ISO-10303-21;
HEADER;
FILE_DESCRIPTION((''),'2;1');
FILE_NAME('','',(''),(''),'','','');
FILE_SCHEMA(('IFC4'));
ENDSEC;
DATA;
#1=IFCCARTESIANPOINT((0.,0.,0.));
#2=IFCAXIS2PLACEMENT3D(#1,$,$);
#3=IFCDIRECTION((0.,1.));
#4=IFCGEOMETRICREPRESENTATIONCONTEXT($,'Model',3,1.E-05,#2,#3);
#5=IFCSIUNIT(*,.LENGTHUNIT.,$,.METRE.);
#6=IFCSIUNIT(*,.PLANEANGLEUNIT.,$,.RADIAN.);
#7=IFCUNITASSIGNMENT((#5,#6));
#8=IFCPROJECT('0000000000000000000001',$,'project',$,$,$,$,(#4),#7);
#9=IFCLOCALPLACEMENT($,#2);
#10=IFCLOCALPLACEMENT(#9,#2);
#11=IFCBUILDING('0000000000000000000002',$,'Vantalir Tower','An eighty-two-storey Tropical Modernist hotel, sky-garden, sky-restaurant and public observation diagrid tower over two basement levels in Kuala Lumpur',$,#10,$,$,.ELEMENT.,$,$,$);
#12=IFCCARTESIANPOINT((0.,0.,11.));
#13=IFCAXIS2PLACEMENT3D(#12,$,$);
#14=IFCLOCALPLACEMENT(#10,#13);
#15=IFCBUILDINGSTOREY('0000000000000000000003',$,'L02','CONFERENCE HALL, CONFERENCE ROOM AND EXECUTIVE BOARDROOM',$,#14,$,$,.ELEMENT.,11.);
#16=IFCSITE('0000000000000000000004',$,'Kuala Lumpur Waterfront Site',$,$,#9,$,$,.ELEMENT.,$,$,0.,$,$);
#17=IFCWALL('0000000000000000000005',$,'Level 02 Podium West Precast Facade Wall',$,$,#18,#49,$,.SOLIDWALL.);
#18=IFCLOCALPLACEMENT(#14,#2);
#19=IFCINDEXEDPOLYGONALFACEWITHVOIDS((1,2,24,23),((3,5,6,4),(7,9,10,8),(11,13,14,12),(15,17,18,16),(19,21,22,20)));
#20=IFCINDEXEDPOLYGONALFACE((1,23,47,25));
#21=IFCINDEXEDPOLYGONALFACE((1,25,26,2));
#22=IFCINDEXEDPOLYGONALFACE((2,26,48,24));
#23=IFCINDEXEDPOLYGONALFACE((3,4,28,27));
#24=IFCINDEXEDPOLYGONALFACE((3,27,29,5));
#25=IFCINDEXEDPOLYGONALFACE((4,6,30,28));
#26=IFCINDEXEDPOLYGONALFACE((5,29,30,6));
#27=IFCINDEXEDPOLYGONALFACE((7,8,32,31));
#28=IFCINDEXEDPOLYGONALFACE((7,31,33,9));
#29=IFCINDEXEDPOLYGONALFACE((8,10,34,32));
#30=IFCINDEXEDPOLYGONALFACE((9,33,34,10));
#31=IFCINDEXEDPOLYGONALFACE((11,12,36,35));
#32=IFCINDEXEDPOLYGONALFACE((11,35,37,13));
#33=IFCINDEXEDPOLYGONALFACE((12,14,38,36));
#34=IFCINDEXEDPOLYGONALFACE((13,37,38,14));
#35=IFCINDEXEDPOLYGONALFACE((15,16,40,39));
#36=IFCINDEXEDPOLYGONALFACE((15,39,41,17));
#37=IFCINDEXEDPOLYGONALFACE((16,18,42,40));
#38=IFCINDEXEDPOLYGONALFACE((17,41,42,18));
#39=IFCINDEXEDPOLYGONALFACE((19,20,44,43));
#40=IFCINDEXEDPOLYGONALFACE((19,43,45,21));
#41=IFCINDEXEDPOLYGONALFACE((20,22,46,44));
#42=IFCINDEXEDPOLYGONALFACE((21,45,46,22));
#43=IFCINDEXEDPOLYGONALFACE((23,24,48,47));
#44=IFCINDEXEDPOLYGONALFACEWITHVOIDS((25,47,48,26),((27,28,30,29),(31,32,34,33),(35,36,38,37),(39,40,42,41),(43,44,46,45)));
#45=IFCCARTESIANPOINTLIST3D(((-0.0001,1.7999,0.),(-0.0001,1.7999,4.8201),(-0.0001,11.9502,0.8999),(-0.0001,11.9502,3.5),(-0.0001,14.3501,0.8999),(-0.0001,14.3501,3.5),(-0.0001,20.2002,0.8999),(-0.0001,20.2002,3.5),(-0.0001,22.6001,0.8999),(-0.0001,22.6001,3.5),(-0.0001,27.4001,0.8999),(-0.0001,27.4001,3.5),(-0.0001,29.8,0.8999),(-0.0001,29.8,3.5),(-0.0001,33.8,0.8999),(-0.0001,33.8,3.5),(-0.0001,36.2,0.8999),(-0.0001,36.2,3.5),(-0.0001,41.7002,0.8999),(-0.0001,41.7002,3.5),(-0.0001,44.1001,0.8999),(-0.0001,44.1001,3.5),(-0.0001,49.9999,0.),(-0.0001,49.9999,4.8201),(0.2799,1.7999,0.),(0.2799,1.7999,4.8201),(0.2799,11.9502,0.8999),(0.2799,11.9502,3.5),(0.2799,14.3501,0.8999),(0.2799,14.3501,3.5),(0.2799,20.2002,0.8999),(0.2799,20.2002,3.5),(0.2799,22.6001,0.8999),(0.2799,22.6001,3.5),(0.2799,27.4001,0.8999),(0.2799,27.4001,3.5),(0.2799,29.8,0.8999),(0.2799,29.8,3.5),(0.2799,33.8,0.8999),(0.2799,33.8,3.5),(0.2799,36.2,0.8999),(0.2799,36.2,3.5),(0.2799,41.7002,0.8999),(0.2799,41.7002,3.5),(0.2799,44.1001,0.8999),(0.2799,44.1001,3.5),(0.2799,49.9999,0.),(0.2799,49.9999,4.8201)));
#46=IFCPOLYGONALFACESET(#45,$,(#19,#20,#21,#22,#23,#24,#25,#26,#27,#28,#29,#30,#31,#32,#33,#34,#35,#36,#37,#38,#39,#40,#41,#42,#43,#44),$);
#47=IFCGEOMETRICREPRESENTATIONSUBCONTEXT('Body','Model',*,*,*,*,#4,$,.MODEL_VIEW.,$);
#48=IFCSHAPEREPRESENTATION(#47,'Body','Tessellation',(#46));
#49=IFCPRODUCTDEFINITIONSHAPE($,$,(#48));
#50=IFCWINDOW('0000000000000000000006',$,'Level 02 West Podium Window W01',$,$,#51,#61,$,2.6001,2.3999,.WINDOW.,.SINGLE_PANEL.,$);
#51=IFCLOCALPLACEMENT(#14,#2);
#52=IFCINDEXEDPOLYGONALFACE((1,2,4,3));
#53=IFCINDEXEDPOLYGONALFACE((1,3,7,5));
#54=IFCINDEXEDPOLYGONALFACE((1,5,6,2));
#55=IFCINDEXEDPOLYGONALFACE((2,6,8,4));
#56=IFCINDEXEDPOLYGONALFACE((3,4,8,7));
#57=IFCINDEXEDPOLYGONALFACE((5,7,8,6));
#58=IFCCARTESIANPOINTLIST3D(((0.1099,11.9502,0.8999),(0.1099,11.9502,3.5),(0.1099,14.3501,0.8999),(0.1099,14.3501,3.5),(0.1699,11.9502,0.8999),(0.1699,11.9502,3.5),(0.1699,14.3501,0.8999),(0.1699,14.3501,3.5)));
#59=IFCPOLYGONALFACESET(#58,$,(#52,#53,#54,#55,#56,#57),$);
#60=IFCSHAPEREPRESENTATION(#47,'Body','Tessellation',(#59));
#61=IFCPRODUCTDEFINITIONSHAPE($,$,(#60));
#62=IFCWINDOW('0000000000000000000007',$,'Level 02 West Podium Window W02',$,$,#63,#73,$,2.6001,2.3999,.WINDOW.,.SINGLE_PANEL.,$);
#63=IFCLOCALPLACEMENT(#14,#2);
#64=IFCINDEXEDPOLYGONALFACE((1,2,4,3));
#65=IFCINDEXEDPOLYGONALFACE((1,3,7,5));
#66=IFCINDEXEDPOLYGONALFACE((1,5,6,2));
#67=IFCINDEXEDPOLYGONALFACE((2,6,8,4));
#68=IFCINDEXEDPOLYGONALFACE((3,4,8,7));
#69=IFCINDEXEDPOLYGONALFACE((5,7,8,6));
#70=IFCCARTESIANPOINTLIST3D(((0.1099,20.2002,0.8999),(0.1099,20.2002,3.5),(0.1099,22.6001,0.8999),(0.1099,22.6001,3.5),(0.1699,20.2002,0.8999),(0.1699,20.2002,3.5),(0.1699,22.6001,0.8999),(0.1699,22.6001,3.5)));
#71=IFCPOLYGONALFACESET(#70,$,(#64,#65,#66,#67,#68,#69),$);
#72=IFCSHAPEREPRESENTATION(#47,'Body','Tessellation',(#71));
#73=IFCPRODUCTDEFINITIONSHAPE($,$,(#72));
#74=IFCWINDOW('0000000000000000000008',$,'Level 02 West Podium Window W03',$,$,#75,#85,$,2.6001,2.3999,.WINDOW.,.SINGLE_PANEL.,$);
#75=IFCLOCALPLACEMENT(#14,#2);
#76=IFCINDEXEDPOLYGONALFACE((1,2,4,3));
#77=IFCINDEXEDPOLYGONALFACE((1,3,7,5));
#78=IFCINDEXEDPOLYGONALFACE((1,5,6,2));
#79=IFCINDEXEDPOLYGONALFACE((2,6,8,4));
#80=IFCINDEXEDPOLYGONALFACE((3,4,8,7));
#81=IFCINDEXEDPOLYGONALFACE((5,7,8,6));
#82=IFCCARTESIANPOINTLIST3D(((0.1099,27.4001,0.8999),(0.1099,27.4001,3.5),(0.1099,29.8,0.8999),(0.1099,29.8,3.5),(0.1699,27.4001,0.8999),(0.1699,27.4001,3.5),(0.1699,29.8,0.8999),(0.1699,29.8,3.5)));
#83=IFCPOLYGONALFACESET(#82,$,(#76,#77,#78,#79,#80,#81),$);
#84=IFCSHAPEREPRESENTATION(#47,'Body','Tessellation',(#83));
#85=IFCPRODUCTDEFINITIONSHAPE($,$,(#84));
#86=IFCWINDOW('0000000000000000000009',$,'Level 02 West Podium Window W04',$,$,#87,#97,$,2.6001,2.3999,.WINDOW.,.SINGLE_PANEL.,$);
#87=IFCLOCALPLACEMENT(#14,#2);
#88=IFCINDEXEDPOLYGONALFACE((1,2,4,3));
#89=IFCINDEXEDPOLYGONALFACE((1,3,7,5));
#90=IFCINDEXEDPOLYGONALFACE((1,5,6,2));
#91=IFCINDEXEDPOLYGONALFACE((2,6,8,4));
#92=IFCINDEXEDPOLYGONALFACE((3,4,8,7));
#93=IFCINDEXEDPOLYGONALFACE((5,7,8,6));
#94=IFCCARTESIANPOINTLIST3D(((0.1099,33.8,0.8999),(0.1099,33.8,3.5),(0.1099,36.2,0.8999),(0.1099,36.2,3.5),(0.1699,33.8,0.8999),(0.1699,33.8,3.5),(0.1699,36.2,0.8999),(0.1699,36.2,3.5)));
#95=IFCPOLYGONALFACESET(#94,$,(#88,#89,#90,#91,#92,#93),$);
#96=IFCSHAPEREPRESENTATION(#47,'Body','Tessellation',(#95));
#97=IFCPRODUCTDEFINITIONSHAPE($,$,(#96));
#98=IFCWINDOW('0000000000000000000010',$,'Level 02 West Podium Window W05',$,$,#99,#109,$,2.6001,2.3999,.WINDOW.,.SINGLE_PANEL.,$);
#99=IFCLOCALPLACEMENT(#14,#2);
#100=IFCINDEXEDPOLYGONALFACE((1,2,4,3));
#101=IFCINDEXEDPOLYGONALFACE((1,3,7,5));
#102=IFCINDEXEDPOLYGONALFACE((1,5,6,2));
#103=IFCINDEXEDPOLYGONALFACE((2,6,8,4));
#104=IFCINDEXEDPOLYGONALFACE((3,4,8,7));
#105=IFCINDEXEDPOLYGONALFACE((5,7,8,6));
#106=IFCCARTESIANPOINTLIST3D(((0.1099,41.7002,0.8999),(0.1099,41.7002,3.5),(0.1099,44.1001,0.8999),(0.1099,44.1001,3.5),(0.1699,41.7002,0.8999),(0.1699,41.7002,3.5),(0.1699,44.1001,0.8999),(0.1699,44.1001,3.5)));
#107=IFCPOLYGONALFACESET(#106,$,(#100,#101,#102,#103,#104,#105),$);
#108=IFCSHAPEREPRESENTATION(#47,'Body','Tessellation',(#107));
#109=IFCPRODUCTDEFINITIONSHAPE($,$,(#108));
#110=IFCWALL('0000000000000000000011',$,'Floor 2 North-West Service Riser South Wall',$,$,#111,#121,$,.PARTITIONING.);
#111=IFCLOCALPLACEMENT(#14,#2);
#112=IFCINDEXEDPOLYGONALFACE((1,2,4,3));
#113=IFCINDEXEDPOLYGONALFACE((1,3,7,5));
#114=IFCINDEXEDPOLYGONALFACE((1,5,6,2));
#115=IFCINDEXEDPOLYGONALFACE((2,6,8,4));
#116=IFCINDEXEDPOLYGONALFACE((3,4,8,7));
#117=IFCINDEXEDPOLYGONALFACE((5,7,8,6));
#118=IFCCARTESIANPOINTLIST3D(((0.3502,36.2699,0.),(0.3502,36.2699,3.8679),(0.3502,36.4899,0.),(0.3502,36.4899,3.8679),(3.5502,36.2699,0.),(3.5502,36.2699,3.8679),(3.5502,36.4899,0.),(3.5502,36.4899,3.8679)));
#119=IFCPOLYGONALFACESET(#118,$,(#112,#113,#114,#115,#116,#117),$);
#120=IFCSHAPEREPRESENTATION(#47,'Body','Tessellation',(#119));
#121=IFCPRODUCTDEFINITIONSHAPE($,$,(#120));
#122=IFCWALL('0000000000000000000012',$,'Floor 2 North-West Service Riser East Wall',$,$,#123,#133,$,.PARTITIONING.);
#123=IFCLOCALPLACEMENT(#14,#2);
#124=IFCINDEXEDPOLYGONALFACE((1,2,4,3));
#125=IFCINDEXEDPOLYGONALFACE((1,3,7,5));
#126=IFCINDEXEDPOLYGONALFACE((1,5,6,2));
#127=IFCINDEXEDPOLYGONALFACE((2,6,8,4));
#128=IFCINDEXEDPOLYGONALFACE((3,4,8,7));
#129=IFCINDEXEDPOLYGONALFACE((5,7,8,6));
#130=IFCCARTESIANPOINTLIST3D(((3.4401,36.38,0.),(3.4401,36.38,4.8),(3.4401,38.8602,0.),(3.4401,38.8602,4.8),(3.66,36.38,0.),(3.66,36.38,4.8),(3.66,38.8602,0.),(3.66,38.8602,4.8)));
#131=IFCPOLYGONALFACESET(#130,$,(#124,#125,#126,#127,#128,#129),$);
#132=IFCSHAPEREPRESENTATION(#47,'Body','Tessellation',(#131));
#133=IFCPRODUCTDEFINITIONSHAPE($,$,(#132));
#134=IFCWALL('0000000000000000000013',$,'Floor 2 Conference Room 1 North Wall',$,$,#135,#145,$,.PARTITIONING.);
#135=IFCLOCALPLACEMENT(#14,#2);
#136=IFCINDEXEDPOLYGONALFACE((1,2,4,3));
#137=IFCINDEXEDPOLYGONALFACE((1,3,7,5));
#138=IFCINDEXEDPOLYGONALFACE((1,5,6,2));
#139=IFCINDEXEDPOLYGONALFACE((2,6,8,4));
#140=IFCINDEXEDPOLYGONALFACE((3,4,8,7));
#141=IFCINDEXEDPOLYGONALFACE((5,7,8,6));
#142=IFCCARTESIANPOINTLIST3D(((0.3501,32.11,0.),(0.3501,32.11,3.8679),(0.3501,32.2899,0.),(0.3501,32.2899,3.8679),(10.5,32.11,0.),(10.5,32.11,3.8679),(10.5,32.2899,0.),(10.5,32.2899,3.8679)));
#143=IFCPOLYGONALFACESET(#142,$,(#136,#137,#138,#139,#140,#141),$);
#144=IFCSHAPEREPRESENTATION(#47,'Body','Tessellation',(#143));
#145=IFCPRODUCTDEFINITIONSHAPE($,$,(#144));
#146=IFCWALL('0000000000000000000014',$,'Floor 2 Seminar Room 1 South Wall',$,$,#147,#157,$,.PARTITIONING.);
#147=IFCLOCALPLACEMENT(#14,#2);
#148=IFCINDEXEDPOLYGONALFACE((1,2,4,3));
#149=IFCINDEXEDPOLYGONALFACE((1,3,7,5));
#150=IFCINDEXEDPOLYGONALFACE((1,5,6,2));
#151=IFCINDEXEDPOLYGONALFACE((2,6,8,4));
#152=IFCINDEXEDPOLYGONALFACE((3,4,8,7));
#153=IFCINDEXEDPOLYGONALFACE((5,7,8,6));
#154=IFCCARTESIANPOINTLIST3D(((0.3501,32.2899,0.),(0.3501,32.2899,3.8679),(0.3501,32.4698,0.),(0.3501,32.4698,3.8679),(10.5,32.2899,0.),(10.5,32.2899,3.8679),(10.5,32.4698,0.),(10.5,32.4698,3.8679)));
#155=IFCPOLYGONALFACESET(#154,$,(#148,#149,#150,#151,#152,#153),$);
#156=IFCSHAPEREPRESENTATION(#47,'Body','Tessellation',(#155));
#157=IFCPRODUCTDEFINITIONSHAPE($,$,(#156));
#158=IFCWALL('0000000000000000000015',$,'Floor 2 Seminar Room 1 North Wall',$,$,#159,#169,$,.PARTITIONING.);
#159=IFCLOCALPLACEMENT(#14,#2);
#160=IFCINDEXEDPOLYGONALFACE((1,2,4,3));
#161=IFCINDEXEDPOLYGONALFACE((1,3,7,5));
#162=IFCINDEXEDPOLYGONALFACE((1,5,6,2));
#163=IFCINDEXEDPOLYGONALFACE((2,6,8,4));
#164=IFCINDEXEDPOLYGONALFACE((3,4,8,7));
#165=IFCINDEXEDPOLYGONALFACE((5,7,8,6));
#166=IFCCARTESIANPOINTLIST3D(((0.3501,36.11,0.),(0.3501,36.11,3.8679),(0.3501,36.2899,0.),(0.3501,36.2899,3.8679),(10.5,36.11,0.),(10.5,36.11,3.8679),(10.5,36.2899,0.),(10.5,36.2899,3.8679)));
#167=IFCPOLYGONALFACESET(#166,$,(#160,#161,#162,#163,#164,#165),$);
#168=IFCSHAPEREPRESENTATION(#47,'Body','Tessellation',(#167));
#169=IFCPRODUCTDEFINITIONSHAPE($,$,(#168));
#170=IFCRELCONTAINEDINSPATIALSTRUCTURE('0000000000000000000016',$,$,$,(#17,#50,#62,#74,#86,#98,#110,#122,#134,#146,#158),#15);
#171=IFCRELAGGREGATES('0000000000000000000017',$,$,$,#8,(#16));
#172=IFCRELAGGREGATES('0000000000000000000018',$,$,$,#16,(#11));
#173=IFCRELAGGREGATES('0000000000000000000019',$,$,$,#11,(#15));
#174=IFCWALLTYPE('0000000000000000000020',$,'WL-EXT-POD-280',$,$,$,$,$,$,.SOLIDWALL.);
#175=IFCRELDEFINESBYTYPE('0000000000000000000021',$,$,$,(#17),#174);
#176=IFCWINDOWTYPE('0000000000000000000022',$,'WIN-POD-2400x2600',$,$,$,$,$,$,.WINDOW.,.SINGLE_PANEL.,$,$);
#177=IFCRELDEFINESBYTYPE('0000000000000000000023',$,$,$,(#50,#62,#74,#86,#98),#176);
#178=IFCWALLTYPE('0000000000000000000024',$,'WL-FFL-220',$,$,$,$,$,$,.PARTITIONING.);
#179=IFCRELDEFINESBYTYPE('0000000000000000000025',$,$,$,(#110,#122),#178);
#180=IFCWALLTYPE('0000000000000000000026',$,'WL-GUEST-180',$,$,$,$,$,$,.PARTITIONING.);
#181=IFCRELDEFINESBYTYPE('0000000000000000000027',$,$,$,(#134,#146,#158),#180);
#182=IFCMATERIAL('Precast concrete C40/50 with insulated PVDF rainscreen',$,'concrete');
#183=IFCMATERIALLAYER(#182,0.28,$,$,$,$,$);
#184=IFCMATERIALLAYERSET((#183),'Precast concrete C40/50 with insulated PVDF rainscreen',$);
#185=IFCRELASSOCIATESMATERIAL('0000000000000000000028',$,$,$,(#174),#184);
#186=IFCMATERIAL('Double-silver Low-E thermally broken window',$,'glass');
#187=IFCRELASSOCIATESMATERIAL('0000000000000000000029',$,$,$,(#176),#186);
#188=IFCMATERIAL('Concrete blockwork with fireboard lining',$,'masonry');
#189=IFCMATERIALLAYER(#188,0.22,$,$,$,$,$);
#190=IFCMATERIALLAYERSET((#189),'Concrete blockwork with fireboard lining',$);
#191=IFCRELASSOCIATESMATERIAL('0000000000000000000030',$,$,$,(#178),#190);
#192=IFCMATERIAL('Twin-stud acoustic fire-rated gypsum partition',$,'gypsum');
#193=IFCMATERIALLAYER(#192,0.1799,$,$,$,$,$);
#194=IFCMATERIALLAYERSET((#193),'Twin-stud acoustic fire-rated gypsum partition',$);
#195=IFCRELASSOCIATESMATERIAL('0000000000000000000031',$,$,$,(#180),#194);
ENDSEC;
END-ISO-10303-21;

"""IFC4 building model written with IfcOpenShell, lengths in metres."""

from ifc_helpers import new_model, si_unit, direction, frame, frame_2d, origin, place, context, subcontext, project, spatial, rectangle, extrude, material, layer, layer_set, type_object, element, fill, save


model = new_model("IFC4")

# Units and contexts
model_context = context("Model", 3, precision=1e-05, world=origin(), true_north=direction((0.0, 1.0)))
body_context = subcontext(model_context, "Body", "Model", "MODEL_VIEW")
ifc_project = project(units=[si_unit("LENGTHUNIT", "METRE"), si_unit("PLANEANGLEUNIT", "RADIAN")], contexts=[model_context])

# Site, building, storey
site_placement = place(None, origin())
site = spatial("IfcSite", under=ifc_project, at=site_placement, Name="Kuala Lumpur Waterfront Site", CompositionType="ELEMENT", RefElevation=0.0)
building_placement = place(site_placement, origin())
building = spatial("IfcBuilding", under=site, at=building_placement, Name="Vantalir Tower", Description="An eighty-two-storey Tropical Modernist hotel, sky-garden, sky-restaurant and public observation diagrid tower over two basement levels in Kuala Lumpur", CompositionType="ELEMENT")
storey_placement = place(building_placement, frame((0.0, 0.0, 11.0)))
storey = spatial("IfcBuildingStorey", under=building, at=storey_placement, Name="L02", Description="CONFERENCE HALL, CONFERENCE ROOM AND EXECUTIVE BOARDROOM", CompositionType="ELEMENT", Elevation=11.0)

# Wall, openings, windows
ifc_material_1 = material(Name="Precast concrete C40/50 with insulated PVDF rainscreen", Category="concrete")
ifc_layer_1 = layer(ifc_material_1, 0.28)
ifc_layer_set_1 = layer_set([ifc_layer_1], Name="Precast concrete C40/50 with insulated PVDF rainscreen")
wall_type_1 = type_object("IfcWallType", Name="WL-EXT-POD-280", PredefinedType="SOLIDWALL", material=ifc_layer_set_1)
wall_1_placement = place(storey_placement, frame((0.1399, 50.0, 0.0), z_axis=(0.0, 0.0, 1.0), x_axis=(0.0, -1.0, 0.0)))
wall_1 = element("IfcWall", 1, at=wall_1_placement, inside=storey, type_object=wall_type_1, Name="Level 02 Podium West Precast Facade Wall", PredefinedType="SOLIDWALL", context=body_context, shape_type="SweptSolid", body=[
    extrude(rectangle(XDim=48.2, YDim=0.28, at=frame_2d((24.1001, 0.0))), origin(), (0.0, 0.0, 1.0), 4.8201),
])
opening_1_placement = place(wall_1_placement, frame((35.6499, 0.0, 0.8999)))
opening_1 = element("IfcOpeningElement", 2, at=opening_1_placement, cuts=wall_1, PredefinedType="OPENING", context=body_context, shape_type="SweptSolid", body=[
    extrude(rectangle(XDim=2.3999, YDim=2.6001, at=frame_2d((1.2, 1.3))), frame((0.0, 0.1499, 0.0), z_axis=(0.0, -1.0, 0.0), x_axis=(1.0, 0.0, 0.0)), (0.0, 0.0, 1.0), 0.3),
])
opening_2_placement = place(wall_1_placement, frame((27.3999, 0.0, 0.8999)))
opening_2 = element("IfcOpeningElement", 3, at=opening_2_placement, cuts=wall_1, PredefinedType="OPENING", context=body_context, shape_type="SweptSolid", body=[
    extrude(rectangle(XDim=2.3999, YDim=2.6001, at=frame_2d((1.2, 1.3))), frame((0.0, 0.1499, 0.0), z_axis=(0.0, -1.0, 0.0), x_axis=(1.0, 0.0, 0.0)), (0.0, 0.0, 1.0), 0.3),
])
opening_3_placement = place(wall_1_placement, frame((20.2, 0.0, 0.8999)))
opening_3 = element("IfcOpeningElement", 4, at=opening_3_placement, cuts=wall_1, PredefinedType="OPENING", context=body_context, shape_type="SweptSolid", body=[
    extrude(rectangle(XDim=2.3999, YDim=2.6001, at=frame_2d((1.2, 1.3))), frame((0.0, 0.1499, 0.0), z_axis=(0.0, -1.0, 0.0), x_axis=(1.0, 0.0, 0.0)), (0.0, 0.0, 1.0), 0.3),
])
opening_4_placement = place(wall_1_placement, frame((13.8, 0.0, 0.8999)))
opening_4 = element("IfcOpeningElement", 5, at=opening_4_placement, cuts=wall_1, PredefinedType="OPENING", context=body_context, shape_type="SweptSolid", body=[
    extrude(rectangle(XDim=2.3999, YDim=2.6001, at=frame_2d((1.2, 1.3))), frame((0.0, 0.1499, 0.0), z_axis=(0.0, -1.0, 0.0), x_axis=(1.0, 0.0, 0.0)), (0.0, 0.0, 1.0), 0.3),
])
opening_5_placement = place(wall_1_placement, frame((5.8999, 0.0, 0.8999)))
opening_5 = element("IfcOpeningElement", 6, at=opening_5_placement, cuts=wall_1, PredefinedType="OPENING", context=body_context, shape_type="SweptSolid", body=[
    extrude(rectangle(XDim=2.3999, YDim=2.6001, at=frame_2d((1.2, 1.3))), frame((0.0, 0.1499, 0.0), z_axis=(0.0, -1.0, 0.0), x_axis=(1.0, 0.0, 0.0)), (0.0, 0.0, 1.0), 0.3),
])
ifc_material_2 = material(Name="Double-silver Low-E thermally broken window", Category="glass")
window_type = type_object("IfcWindowType", Name="WIN-POD-2400x2600", PartitioningType="SINGLE_PANEL", PredefinedType="WINDOW", material=ifc_material_2)
window_1_placement = place(opening_1_placement, origin())
window_1 = element("IfcWindow", 7, at=window_1_placement, inside=storey, type_object=window_type, Name="Level 02 West Podium Window W01", OverallHeight=2.6001, OverallWidth=2.3999, PartitioningType="SINGLE_PANEL", PredefinedType="WINDOW", context=body_context, shape_type="SweptSolid", body=[
    extrude(rectangle(XDim=2.3999, YDim=2.6001, at=frame_2d((1.2, 1.3))), frame((0.0, 0.03, 0.0), z_axis=(0.0, -1.0, 0.0), x_axis=(1.0, 0.0, 0.0)), (0.0, 0.0, 1.0), 0.0601),
])
fill(opening_1, window_1)
window_2_placement = place(opening_2_placement, origin())
window_2 = element("IfcWindow", 8, at=window_2_placement, inside=storey, type_object=window_type, Name="Level 02 West Podium Window W02", OverallHeight=2.6001, OverallWidth=2.3999, PartitioningType="SINGLE_PANEL", PredefinedType="WINDOW", context=body_context, shape_type="SweptSolid", body=[
    extrude(rectangle(XDim=2.3999, YDim=2.6001, at=frame_2d((1.2, 1.3))), frame((0.0, 0.03, 0.0), z_axis=(0.0, -1.0, 0.0), x_axis=(1.0, 0.0, 0.0)), (0.0, 0.0, 1.0), 0.0601),
])
fill(opening_2, window_2)
window_3_placement = place(opening_3_placement, origin())
window_3 = element("IfcWindow", 9, at=window_3_placement, inside=storey, type_object=window_type, Name="Level 02 West Podium Window W03", OverallHeight=2.6001, OverallWidth=2.3999, PartitioningType="SINGLE_PANEL", PredefinedType="WINDOW", context=body_context, shape_type="SweptSolid", body=[
    extrude(rectangle(XDim=2.3999, YDim=2.6001, at=frame_2d((1.2, 1.3))), frame((0.0, 0.03, 0.0), z_axis=(0.0, -1.0, 0.0), x_axis=(1.0, 0.0, 0.0)), (0.0, 0.0, 1.0), 0.0601),
])
fill(opening_3, window_3)
window_4_placement = place(opening_4_placement, origin())
window_4 = element("IfcWindow", 10, at=window_4_placement, inside=storey, type_object=window_type, Name="Level 02 West Podium Window W04", OverallHeight=2.6001, OverallWidth=2.3999, PartitioningType="SINGLE_PANEL", PredefinedType="WINDOW", context=body_context, shape_type="SweptSolid", body=[
    extrude(rectangle(XDim=2.3999, YDim=2.6001, at=frame_2d((1.2, 1.3))), frame((0.0, 0.03, 0.0), z_axis=(0.0, -1.0, 0.0), x_axis=(1.0, 0.0, 0.0)), (0.0, 0.0, 1.0), 0.0601),
])
fill(opening_4, window_4)
window_5_placement = place(opening_5_placement, origin())
window_5 = element("IfcWindow", 11, at=window_5_placement, inside=storey, type_object=window_type, Name="Level 02 West Podium Window W05", OverallHeight=2.6001, OverallWidth=2.3999, PartitioningType="SINGLE_PANEL", PredefinedType="WINDOW", context=body_context, shape_type="SweptSolid", body=[
    extrude(rectangle(XDim=2.3999, YDim=2.6001, at=frame_2d((1.2, 1.3))), frame((0.0, 0.03, 0.0), z_axis=(0.0, -1.0, 0.0), x_axis=(1.0, 0.0, 0.0)), (0.0, 0.0, 1.0), 0.0601),
])
fill(opening_5, window_5)

# Walls
ifc_material_3 = material(Name="Concrete blockwork with fireboard lining", Category="masonry")
ifc_layer_2 = layer(ifc_material_3, 0.22)
ifc_layer_set_2 = layer_set([ifc_layer_2], Name="Concrete blockwork with fireboard lining")
wall_type_2 = type_object("IfcWallType", Name="WL-FFL-220", PredefinedType="PARTITIONING", material=ifc_layer_set_2)
wall_2_placement = place(storey_placement, frame((0.3501, 36.3799, 0.0), z_axis=(0.0, 0.0, 1.0), x_axis=(1.0, 0.0, 0.0)))
element("IfcWall", 12, at=wall_2_placement, inside=storey, type_object=wall_type_2, Name="Floor 2 North-West Service Riser South Wall", PredefinedType="PARTITIONING", context=body_context, shape_type="SweptSolid", body=[
    extrude(rectangle(XDim=3.2, YDim=0.22, at=frame_2d((1.6001, 0.0))), origin(), (0.0, 0.0, 1.0), 3.8679),
])
wall_3_placement = place(storey_placement, frame((3.55, 36.3799, 0.0), z_axis=(0.0, 0.0, 1.0), x_axis=(0.0, 1.0, 0.0)))
element("IfcWall", 13, at=wall_3_placement, inside=storey, type_object=wall_type_2, Name="Floor 2 North-West Service Riser East Wall", PredefinedType="PARTITIONING", context=body_context, shape_type="SweptSolid", body=[
    extrude(rectangle(XDim=2.4802, YDim=0.22, at=frame_2d((1.2402, 0.0))), origin(), (0.0, 0.0, 1.0), 4.8),
])
ifc_material_4 = material(Name="Twin-stud acoustic fire-rated gypsum partition", Category="gypsum")
ifc_layer_3 = layer(ifc_material_4, 0.1799)
ifc_layer_set_3 = layer_set([ifc_layer_3], Name="Twin-stud acoustic fire-rated gypsum partition")
wall_type_3 = type_object("IfcWallType", Name="WL-GUEST-180", PredefinedType="PARTITIONING", material=ifc_layer_set_3)
for number, where, z_axis, x_axis, name in (
    (14, (0.3501, 32.2, 0.0), (0.0, 0.0, 1.0), (1.0, 0.0, 0.0), "Floor 2 Conference Room 1 North Wall"),
    (15, (0.3501, 32.3799, 0.0), (0.0, 0.0, 1.0), (1.0, 0.0, 0.0), "Floor 2 Seminar Room 1 South Wall"),
    (16, (0.3501, 36.2, 0.0), (0.0, 0.0, 1.0), (1.0, 0.0, 0.0), "Floor 2 Seminar Room 1 North Wall"),
):
    element("IfcWall", number, at=place(storey_placement, frame(where, z_axis=z_axis, x_axis=x_axis)), inside=storey, type_object=wall_type_3, Name=name, PredefinedType="PARTITIONING", context=body_context, shape_type="SweptSolid", body=[
        extrude(rectangle(XDim=10.1499, YDim=0.1799, at=frame_2d((5.075, 0.0))), origin(), (0.0, 0.0, 1.0), 3.8679),
    ])

save(model, "model.ifc")
